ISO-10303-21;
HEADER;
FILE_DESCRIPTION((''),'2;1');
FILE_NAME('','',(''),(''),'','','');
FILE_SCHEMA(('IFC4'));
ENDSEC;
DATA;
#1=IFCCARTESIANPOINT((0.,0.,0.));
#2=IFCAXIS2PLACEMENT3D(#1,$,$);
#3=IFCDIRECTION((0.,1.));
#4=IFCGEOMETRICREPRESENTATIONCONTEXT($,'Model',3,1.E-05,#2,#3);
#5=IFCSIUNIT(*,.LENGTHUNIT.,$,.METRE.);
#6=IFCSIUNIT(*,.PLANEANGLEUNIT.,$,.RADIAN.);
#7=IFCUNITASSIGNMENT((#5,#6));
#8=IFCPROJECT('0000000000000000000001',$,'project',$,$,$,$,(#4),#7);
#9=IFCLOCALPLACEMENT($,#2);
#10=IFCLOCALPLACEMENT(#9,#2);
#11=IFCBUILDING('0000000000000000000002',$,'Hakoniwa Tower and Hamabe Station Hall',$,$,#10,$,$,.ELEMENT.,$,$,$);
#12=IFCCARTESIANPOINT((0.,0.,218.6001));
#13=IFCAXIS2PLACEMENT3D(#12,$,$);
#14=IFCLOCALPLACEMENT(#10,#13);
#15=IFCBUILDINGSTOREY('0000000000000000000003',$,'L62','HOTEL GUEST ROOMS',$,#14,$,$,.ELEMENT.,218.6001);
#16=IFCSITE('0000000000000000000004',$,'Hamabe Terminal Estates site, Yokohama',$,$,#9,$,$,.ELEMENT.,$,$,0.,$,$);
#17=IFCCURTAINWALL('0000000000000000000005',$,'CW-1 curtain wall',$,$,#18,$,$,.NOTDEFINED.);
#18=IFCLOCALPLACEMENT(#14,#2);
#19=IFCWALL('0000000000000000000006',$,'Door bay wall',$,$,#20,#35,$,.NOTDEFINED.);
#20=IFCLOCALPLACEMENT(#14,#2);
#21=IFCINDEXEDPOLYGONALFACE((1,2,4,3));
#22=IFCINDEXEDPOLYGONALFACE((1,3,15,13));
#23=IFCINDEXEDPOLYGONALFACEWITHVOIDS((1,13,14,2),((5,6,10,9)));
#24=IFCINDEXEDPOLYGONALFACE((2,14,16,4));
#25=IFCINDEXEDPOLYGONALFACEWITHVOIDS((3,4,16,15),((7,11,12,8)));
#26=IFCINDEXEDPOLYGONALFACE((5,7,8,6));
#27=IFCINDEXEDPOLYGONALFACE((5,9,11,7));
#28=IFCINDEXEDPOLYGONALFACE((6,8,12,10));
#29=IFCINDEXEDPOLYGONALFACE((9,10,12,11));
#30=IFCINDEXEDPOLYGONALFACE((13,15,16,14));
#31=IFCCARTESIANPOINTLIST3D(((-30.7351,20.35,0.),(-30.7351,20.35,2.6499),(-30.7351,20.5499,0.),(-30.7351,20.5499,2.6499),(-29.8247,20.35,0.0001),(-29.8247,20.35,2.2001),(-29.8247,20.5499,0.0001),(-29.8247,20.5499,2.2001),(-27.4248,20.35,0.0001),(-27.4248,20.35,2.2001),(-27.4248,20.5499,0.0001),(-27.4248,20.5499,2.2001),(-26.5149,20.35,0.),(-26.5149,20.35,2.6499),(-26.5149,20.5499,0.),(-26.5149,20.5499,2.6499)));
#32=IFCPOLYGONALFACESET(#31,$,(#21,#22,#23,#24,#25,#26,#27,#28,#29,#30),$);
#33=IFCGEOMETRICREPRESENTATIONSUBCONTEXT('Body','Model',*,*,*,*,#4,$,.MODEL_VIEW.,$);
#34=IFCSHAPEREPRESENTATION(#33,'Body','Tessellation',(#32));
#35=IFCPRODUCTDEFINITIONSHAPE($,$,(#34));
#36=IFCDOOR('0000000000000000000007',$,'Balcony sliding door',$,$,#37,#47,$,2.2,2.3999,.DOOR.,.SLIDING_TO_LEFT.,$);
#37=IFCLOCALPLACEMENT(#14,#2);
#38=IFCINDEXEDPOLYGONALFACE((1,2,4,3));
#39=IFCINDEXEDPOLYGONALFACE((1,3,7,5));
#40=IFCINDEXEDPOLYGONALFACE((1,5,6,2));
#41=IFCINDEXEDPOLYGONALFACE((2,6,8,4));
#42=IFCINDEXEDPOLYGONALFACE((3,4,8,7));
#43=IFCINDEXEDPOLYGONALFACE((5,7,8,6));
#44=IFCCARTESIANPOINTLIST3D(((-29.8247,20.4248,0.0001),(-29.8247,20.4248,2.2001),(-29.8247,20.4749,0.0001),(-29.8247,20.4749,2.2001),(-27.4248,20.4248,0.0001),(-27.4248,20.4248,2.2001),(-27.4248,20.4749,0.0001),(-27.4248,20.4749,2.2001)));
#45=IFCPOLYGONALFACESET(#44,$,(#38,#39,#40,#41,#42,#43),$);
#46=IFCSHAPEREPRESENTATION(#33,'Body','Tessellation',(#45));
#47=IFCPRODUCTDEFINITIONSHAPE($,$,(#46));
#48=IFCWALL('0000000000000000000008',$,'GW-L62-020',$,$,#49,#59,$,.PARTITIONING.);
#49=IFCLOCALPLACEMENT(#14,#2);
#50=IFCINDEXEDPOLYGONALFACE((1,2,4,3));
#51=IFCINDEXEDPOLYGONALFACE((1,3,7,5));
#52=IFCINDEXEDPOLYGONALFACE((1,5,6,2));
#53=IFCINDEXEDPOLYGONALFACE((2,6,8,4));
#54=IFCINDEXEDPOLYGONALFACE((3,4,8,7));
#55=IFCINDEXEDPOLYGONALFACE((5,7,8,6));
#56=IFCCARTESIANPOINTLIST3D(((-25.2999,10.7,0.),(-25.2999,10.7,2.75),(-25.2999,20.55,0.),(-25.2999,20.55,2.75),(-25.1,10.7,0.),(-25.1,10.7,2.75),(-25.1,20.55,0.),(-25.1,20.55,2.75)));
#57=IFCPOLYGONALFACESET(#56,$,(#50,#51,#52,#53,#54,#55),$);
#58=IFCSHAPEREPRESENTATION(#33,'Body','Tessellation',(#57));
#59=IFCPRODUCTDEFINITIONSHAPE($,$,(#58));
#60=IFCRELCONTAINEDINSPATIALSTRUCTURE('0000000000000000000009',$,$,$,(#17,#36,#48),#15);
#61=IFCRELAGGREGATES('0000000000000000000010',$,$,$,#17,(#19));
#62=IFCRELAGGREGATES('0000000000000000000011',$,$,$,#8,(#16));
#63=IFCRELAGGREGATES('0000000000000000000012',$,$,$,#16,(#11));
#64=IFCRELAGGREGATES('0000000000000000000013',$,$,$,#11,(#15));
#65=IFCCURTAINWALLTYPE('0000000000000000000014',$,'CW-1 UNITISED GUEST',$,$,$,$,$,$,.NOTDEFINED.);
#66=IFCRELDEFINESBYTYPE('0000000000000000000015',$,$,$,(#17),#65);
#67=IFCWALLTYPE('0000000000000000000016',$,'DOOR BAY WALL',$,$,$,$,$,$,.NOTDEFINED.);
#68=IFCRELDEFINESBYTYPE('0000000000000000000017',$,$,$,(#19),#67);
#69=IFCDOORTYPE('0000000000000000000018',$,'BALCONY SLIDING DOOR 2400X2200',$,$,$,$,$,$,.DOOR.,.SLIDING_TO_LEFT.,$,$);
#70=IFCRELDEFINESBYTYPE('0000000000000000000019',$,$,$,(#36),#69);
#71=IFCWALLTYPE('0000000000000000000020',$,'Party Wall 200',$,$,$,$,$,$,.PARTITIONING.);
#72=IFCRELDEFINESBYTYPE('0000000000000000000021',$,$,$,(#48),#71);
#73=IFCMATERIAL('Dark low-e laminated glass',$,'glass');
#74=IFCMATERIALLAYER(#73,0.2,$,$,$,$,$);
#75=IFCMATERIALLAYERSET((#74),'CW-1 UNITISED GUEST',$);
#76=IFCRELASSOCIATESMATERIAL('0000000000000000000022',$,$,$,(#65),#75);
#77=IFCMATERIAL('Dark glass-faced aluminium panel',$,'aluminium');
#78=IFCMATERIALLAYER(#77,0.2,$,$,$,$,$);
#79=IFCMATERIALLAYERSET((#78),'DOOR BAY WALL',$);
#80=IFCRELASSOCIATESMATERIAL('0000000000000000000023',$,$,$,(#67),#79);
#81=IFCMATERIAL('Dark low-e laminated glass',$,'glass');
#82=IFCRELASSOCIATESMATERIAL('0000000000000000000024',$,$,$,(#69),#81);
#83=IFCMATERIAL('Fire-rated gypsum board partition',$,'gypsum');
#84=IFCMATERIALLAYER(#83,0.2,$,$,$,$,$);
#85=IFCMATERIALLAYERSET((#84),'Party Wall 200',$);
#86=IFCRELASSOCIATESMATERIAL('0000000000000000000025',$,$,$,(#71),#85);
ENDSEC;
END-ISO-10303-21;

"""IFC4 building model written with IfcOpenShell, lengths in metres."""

from ifc_helpers import new_model, si_unit, direction, frame, frame_2d, origin, place, context, subcontext, project, spatial, rectangle, extrude, material, layer, layer_set, type_object, element, fill, aggregate, save


model = new_model("IFC4")

# Units and contexts
model_context = context("Model", 3, precision=1e-05, world=origin(), true_north=direction((0.0, 1.0)))
body_context = subcontext(model_context, "Body", "Model", "MODEL_VIEW")
ifc_project = project(units=[si_unit("LENGTHUNIT", "METRE"), si_unit("PLANEANGLEUNIT", "RADIAN")], contexts=[model_context])

# Site, building, storey
site_placement = place(None, origin())
site = spatial("IfcSite", under=ifc_project, at=site_placement, Name="Hamabe Terminal Estates site, Yokohama", CompositionType="ELEMENT", RefElevation=0.0)
building_placement = place(site_placement, origin())
building = spatial("IfcBuilding", under=site, at=building_placement, Name="Hakoniwa Tower and Hamabe Station Hall", CompositionType="ELEMENT")
storey_placement = place(building_placement, frame((0.0, 0.0, 218.6001)))
storey = spatial("IfcBuildingStorey", under=building, at=storey_placement, Name="L62", Description="HOTEL GUEST ROOMS", CompositionType="ELEMENT", Elevation=218.6001)

# Curtain wall
ifc_material_1 = material(Name="Dark low-e laminated glass", Category="glass")
ifc_layer_1 = layer(ifc_material_1, 0.2)
ifc_layer_set_1 = layer_set([ifc_layer_1], Name="CW-1 UNITISED GUEST")
curtain_wall_type = type_object("IfcCurtainWallType", Name="CW-1 UNITISED GUEST", PredefinedType="NOTDEFINED", material=ifc_layer_set_1)
curtain_wall_1_placement = place(storey_placement, origin())
curtain_wall_1 = element("IfcCurtainWall", 1, at=curtain_wall_1_placement, inside=storey, type_object=curtain_wall_type, Name="CW-1 curtain wall", PredefinedType="NOTDEFINED")

# Wall, opening, door
ifc_material_2 = material(Name="Dark glass-faced aluminium panel", Category="aluminium")
ifc_layer_2 = layer(ifc_material_2, 0.2)
ifc_layer_set_2 = layer_set([ifc_layer_2], Name="DOOR BAY WALL")
wall_type_1 = type_object("IfcWallType", Name="DOOR BAY WALL", PredefinedType="NOTDEFINED", material=ifc_layer_set_2)
wall_1_placement = place(storey_placement, frame((-26.5149, 20.45, 0.0), z_axis=(0.0, 0.0, 1.0), x_axis=(-1.0, 0.0, 0.0)))
wall_1 = element("IfcWall", 2, at=wall_1_placement, type_object=wall_type_1, Name="Door bay wall", PredefinedType="NOTDEFINED", context=body_context, shape_type="SweptSolid", body=[
    extrude(rectangle(XDim=4.2202, YDim=0.2, at=frame_2d((2.1101, 0.0))), origin(), (0.0, 0.0, 1.0), 2.6499),
])
opening_1_placement = place(wall_1_placement, frame((0.9099, 0.0, 0.0)))
opening_1 = element("IfcOpeningElement", 3, at=opening_1_placement, cuts=wall_1, PredefinedType="OPENING", context=body_context, shape_type="SweptSolid", body=[
    extrude(rectangle(XDim=2.3999, YDim=2.2, at=frame_2d((1.2, 1.1001))), frame((0.0, 0.1099, 0.0), z_axis=(0.0, -1.0, 0.0), x_axis=(1.0, 0.0, 0.0)), (0.0, 0.0, 1.0), 0.22),
])
ifc_material_3 = material(Name="Dark low-e laminated glass", Category="glass")
door_type_1 = type_object("IfcDoorType", Name="BALCONY SLIDING DOOR 2400X2200", OperationType="SLIDING_TO_LEFT", PredefinedType="DOOR", material=ifc_material_3)
door_1_placement = place(opening_1_placement, frame((2.3999, 0.0, 0.0), z_axis=(0.0, 0.0, 1.0), x_axis=(-1.0, 0.0, 0.0)))
door_1 = element("IfcDoor", 4, at=door_1_placement, inside=storey, type_object=door_type_1, Name="Balcony sliding door", OperationType="SLIDING_TO_LEFT", OverallHeight=2.2, OverallWidth=2.3999, PredefinedType="DOOR", context=body_context, shape_type="SweptSolid", body=[
    extrude(rectangle(XDim=2.3999, YDim=2.2, at=frame_2d((1.2, 1.1001))), frame((0.0, 0.0249, 0.0), z_axis=(0.0, -1.0, 0.0), x_axis=(1.0, 0.0, 0.0)), (0.0, 0.0, 1.0), 0.05),
])
fill(opening_1, door_1)
aggregate(curtain_wall_1, [wall_1])

# Wall
ifc_material_4 = material(Name="Fire-rated gypsum board partition", Category="gypsum")
ifc_layer_3 = layer(ifc_material_4, 0.2)
ifc_layer_set_3 = layer_set([ifc_layer_3], Name="Party Wall 200")
wall_type_2 = type_object("IfcWallType", Name="Party Wall 200", PredefinedType="PARTITIONING", material=ifc_layer_set_3)
wall_2_placement = place(storey_placement, frame((-25.2, 10.7, 0.0), z_axis=(0.0, 0.0, 1.0), x_axis=(0.0, 1.0, 0.0)))
element("IfcWall", 5, at=wall_2_placement, inside=storey, type_object=wall_type_2, Name="GW-L62-020", PredefinedType="PARTITIONING", context=body_context, shape_type="SweptSolid", body=[
    extrude(rectangle(XDim=9.8501, YDim=0.2, at=frame_2d((4.925, 0.0))), origin(), (0.0, 0.0, 1.0), 2.75),
])

save(model, "model.ifc")
